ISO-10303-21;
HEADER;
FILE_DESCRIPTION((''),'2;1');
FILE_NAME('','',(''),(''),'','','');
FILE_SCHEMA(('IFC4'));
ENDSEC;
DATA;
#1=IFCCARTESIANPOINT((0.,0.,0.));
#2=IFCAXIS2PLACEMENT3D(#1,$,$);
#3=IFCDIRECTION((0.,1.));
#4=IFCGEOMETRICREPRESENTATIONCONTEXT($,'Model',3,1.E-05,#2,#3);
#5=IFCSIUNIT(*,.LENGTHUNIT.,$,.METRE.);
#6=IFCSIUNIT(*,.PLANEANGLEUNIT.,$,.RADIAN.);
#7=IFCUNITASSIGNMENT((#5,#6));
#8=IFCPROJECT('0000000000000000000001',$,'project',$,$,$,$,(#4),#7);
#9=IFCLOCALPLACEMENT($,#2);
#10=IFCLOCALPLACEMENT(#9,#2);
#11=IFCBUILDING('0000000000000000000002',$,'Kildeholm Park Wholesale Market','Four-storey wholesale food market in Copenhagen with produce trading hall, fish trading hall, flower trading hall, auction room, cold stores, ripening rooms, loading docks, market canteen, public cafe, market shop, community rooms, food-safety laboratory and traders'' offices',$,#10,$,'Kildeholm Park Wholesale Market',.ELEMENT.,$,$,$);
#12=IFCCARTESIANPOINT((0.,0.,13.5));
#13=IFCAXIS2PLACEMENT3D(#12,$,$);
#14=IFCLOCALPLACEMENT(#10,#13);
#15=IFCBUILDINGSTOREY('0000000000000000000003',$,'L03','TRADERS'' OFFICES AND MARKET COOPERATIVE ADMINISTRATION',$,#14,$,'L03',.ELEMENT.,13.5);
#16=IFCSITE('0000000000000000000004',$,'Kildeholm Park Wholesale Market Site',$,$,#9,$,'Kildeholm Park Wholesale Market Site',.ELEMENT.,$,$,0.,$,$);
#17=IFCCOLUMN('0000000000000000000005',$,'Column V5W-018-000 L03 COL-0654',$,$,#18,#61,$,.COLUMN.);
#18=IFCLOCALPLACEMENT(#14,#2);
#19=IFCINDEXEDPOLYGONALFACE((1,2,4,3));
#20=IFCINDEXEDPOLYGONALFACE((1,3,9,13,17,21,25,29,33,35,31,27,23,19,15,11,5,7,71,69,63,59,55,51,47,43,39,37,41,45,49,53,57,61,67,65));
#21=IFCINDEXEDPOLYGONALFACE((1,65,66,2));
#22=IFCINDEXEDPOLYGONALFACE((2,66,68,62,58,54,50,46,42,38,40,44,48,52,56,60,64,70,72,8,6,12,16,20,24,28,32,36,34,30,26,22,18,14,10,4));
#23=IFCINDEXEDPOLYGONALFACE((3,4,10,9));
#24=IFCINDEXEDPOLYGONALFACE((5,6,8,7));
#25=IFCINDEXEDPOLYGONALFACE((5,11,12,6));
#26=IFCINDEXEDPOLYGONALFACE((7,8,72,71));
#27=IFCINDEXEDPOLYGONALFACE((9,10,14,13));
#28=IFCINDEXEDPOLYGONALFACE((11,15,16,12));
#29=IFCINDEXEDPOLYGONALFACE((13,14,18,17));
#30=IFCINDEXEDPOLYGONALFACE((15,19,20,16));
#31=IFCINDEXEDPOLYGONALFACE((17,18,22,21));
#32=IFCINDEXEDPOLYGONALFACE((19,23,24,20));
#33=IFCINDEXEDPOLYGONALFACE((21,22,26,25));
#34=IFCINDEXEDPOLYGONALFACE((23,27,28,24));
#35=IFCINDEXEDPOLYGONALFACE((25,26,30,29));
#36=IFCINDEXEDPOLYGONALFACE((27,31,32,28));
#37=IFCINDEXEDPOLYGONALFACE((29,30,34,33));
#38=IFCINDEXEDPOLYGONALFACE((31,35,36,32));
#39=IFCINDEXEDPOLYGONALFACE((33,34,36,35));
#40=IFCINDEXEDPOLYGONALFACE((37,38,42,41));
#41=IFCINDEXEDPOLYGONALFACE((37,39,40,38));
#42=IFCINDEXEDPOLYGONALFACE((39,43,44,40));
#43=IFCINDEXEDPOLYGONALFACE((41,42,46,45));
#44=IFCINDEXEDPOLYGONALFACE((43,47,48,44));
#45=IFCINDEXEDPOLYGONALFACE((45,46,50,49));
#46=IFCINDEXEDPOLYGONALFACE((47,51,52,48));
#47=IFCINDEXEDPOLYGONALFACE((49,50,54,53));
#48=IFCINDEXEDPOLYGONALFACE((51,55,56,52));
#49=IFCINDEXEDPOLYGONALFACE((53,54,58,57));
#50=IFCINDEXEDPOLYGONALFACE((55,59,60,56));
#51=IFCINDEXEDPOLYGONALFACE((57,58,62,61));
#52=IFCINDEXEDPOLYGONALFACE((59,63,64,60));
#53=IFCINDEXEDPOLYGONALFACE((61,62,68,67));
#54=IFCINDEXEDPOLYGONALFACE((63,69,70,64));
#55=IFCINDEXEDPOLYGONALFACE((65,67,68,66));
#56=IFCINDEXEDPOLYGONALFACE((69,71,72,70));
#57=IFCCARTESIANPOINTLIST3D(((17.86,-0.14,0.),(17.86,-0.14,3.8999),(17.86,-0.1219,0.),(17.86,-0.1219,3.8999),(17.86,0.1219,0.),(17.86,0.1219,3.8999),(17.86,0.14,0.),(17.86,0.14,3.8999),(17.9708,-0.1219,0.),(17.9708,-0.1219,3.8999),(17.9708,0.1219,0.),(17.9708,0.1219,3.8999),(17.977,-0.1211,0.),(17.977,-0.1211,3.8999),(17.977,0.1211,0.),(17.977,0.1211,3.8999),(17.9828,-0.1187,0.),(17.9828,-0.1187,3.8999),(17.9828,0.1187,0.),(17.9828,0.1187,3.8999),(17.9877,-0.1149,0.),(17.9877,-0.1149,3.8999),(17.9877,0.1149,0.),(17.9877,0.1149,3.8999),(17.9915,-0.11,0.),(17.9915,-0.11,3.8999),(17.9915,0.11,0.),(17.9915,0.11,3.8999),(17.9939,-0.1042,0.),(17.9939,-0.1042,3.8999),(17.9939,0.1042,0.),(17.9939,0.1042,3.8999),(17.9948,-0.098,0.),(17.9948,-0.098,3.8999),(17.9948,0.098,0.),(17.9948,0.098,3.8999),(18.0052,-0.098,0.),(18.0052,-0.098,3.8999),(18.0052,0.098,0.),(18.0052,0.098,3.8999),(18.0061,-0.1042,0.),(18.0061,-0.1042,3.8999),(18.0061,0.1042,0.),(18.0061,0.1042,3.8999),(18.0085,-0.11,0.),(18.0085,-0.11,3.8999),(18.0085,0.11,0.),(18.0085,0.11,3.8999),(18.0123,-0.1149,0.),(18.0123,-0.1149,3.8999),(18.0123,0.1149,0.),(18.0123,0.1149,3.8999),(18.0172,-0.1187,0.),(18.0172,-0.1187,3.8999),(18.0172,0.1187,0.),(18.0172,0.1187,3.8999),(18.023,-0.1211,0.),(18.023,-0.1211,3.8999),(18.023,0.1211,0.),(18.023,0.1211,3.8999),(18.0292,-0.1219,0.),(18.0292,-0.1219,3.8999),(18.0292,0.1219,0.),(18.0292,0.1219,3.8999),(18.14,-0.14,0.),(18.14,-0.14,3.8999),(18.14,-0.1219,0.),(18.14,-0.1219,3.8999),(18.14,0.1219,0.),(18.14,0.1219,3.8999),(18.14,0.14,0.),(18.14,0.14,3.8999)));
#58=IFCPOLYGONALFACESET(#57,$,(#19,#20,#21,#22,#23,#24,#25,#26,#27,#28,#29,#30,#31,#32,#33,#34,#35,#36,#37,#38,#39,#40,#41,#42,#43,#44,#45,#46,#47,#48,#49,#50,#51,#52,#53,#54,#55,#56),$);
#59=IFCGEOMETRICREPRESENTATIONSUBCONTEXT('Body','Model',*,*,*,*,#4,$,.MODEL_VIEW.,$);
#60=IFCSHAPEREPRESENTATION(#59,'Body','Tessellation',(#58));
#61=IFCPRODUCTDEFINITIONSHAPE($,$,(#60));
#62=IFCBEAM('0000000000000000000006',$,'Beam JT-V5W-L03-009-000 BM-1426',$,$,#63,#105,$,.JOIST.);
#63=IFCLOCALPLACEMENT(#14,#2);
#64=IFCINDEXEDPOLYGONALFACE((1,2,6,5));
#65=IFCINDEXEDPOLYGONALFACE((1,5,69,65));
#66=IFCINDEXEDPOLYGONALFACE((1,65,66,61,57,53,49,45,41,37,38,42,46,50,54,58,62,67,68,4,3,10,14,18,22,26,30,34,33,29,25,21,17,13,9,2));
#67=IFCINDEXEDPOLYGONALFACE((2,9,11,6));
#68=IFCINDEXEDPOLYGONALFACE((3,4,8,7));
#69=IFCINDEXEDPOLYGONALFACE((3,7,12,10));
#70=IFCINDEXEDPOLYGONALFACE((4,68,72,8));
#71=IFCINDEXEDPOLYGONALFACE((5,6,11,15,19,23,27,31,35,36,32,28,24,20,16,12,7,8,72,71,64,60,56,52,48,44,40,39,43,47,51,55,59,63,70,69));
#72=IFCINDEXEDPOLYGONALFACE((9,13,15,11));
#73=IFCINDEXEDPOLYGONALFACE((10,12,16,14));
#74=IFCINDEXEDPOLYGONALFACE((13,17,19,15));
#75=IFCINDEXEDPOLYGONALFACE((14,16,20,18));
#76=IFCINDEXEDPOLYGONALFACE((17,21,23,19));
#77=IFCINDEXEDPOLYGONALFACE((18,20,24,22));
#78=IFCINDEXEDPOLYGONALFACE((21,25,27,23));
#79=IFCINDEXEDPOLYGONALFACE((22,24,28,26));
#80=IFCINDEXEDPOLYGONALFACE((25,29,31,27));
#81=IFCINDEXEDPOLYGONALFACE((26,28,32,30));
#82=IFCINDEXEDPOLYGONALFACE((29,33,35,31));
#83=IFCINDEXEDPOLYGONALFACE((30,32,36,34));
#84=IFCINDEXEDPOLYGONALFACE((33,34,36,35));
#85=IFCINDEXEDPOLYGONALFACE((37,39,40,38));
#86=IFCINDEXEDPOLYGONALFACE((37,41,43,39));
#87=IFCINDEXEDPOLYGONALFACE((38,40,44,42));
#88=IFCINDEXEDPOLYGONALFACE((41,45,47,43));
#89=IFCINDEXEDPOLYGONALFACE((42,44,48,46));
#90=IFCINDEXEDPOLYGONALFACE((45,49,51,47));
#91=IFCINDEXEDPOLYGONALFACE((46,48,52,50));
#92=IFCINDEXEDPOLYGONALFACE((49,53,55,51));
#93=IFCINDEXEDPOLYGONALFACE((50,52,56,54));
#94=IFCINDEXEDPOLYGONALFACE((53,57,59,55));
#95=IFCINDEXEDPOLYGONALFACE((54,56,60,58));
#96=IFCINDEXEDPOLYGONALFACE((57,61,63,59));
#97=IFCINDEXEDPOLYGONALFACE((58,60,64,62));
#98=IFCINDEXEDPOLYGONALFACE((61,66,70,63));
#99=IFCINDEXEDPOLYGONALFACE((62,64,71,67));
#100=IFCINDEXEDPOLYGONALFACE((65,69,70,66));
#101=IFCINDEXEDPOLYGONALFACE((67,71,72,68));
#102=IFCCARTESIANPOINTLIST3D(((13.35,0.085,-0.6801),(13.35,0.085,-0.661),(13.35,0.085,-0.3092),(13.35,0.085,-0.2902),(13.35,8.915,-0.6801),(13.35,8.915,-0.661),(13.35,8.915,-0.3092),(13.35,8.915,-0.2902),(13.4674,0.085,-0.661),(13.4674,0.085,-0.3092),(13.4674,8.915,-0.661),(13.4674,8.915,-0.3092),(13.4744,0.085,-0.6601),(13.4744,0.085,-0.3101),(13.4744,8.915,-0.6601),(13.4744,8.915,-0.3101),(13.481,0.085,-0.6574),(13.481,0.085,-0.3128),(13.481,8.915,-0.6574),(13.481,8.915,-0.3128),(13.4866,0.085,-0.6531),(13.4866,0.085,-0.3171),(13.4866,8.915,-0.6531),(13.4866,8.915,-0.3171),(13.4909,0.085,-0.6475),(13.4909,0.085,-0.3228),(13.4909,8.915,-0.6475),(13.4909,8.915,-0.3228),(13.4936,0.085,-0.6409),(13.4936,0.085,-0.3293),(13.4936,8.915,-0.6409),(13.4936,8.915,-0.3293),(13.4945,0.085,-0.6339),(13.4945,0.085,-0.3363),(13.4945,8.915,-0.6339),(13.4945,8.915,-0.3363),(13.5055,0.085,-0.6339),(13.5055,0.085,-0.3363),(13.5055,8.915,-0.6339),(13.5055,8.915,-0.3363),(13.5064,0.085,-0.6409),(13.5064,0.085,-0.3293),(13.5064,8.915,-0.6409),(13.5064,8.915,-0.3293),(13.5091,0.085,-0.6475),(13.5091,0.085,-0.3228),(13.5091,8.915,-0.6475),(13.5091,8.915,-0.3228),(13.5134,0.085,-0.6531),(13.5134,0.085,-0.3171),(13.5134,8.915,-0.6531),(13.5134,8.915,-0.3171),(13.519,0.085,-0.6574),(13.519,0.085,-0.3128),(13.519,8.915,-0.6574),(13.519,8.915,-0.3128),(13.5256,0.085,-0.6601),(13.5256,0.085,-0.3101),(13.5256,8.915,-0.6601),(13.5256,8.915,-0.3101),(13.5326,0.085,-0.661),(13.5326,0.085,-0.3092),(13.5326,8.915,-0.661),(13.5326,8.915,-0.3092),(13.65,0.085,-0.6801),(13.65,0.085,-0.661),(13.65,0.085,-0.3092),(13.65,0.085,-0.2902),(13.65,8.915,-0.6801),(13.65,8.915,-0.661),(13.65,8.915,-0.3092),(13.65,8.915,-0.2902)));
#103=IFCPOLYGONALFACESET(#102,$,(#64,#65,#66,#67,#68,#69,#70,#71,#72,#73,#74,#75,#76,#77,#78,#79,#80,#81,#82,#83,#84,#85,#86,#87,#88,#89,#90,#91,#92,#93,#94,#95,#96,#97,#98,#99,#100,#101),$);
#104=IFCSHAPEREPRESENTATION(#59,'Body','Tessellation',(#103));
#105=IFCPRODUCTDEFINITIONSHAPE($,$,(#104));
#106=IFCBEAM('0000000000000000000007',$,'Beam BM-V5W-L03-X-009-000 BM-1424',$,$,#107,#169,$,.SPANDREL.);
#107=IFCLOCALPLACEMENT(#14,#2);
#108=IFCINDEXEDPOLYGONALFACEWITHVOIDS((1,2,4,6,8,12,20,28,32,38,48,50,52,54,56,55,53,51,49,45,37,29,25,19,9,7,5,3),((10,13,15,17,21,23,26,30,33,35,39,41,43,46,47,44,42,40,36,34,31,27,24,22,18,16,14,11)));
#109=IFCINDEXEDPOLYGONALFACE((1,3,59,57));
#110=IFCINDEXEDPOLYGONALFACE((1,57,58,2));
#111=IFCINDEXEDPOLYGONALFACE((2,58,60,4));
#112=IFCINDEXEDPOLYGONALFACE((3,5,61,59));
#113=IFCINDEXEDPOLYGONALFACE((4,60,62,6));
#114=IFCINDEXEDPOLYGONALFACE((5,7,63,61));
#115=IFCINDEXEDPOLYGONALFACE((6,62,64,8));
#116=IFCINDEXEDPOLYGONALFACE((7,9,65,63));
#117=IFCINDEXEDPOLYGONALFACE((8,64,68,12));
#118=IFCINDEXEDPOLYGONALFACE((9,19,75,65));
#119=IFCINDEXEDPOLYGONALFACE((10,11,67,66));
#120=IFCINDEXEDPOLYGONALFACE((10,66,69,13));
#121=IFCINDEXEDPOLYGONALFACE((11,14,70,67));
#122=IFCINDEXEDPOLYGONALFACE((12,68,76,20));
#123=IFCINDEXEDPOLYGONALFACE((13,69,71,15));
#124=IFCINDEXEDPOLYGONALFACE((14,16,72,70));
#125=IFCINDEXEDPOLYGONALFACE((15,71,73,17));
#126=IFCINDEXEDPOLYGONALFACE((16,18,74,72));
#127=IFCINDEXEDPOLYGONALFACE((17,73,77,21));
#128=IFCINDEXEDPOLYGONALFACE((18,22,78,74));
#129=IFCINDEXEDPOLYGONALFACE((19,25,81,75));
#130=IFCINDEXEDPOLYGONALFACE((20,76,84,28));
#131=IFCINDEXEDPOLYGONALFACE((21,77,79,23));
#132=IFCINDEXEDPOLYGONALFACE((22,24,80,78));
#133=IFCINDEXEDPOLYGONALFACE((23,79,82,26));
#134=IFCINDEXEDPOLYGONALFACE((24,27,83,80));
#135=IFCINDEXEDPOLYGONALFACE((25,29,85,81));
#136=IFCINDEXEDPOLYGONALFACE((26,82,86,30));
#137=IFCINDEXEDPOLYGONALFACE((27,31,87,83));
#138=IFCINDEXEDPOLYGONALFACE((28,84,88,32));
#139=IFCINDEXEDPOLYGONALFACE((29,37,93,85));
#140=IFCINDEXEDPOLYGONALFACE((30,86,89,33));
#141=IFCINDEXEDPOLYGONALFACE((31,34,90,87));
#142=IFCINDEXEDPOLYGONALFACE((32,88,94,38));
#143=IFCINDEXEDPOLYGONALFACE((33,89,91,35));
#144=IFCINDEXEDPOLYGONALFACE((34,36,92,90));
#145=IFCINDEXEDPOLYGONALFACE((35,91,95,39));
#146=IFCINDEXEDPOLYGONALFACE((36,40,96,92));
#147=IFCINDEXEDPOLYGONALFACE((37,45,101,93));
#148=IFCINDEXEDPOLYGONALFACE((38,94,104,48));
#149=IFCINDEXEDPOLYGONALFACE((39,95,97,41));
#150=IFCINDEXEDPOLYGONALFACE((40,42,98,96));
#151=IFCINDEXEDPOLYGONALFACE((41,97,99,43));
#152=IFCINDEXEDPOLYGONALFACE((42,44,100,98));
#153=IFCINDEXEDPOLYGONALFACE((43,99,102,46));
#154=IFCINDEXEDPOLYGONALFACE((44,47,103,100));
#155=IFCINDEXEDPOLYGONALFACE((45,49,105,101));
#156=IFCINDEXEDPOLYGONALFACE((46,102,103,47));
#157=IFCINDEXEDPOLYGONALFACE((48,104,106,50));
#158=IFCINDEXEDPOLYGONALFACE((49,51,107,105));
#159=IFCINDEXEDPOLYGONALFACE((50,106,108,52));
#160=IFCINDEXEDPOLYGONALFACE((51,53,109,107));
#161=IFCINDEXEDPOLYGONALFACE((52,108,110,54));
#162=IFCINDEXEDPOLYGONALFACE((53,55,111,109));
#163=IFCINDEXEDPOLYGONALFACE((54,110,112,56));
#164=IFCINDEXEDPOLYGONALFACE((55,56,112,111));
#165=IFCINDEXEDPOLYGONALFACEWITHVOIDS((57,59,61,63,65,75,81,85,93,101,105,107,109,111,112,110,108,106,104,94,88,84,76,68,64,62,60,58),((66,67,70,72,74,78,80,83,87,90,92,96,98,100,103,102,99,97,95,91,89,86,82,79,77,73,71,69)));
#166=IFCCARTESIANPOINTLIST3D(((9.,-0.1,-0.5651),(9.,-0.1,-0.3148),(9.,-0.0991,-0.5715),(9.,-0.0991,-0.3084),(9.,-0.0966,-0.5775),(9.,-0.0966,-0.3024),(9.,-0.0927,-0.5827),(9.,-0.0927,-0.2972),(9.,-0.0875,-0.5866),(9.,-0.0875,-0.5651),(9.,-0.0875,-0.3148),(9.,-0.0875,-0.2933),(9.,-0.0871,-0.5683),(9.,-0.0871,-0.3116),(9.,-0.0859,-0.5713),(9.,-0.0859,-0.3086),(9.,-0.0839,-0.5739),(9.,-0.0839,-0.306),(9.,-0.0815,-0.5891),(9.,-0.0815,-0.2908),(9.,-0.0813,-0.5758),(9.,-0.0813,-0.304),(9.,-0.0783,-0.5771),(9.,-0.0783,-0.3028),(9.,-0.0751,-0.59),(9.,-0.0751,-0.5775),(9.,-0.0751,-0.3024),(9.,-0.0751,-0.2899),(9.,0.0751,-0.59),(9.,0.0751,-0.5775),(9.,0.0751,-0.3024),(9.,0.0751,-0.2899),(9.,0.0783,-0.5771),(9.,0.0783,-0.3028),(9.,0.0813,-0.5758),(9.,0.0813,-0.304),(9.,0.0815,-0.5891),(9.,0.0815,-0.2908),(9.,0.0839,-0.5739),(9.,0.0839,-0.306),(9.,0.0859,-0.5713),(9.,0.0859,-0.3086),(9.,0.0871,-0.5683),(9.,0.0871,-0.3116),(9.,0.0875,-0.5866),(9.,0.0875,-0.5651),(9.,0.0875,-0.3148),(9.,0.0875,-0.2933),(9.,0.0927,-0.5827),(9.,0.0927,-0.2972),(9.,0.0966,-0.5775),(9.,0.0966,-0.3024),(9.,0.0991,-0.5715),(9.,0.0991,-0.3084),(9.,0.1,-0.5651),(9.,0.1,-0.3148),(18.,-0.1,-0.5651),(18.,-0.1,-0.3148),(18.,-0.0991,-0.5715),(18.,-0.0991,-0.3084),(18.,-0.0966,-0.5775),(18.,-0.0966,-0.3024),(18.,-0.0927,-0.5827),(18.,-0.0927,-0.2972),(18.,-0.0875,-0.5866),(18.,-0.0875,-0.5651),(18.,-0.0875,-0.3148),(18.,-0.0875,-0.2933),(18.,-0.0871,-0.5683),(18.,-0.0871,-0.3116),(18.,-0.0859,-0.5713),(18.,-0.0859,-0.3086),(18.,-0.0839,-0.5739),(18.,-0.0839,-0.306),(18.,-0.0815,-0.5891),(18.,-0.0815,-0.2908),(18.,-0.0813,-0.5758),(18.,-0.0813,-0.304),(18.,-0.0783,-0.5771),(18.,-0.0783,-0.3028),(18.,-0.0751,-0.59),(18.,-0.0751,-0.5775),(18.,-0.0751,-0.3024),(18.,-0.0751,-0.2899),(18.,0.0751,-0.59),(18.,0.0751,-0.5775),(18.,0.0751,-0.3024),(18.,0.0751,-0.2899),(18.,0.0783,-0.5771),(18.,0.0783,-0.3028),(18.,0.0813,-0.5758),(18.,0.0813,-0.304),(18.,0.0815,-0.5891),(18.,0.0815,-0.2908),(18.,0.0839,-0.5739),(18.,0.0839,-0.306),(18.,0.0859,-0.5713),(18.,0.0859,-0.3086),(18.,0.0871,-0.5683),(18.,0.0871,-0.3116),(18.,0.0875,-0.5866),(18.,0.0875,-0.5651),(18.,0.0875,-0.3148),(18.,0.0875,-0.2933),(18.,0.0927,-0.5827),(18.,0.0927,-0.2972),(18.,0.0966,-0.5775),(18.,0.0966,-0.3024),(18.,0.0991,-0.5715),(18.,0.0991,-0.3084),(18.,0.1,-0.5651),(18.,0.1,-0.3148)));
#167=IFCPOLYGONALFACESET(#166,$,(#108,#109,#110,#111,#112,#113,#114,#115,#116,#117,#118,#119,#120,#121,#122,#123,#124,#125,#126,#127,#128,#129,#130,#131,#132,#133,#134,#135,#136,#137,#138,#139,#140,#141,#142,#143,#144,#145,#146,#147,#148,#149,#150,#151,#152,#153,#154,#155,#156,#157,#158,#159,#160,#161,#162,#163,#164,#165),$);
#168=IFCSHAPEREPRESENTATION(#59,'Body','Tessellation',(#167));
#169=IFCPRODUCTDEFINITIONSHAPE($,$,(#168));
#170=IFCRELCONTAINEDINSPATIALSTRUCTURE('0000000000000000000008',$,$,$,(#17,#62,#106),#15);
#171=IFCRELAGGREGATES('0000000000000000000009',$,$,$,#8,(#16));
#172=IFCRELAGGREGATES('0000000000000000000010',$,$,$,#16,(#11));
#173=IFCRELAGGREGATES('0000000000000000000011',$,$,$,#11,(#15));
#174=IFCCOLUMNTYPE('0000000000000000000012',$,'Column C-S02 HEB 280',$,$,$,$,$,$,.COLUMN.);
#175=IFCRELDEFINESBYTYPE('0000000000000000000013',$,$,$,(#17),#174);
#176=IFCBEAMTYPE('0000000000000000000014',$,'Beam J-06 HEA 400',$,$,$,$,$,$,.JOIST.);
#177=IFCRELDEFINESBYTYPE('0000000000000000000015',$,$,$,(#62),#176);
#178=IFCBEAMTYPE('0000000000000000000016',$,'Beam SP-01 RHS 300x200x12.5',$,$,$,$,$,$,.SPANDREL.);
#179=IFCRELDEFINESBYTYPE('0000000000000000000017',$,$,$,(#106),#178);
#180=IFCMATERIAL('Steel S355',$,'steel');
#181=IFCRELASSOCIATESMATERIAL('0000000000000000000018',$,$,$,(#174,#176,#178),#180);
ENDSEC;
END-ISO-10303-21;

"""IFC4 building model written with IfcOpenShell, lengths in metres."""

from ifc_helpers import new_model, si_unit, direction, frame, origin, origin_2d, place, context, subcontext, project, spatial, hollow_rectangle, i_section, extrude, material, material_profile, profile_set, type_object, element, save


model = new_model("IFC4")

# Units and contexts
model_context = context("Model", 3, precision=1e-05, world=origin(), true_north=direction((0.0, 1.0)))
body_context = subcontext(model_context, "Body", "Model", "MODEL_VIEW")
ifc_project = project(units=[si_unit("LENGTHUNIT", "METRE"), si_unit("PLANEANGLEUNIT", "RADIAN")], contexts=[model_context])

# Site, building, storey
site_placement = place(None, origin())
site = spatial("IfcSite", under=ifc_project, at=site_placement, Name="Kildeholm Park Wholesale Market Site", LongName="Kildeholm Park Wholesale Market Site", CompositionType="ELEMENT", RefElevation=0.0)
building_placement = place(site_placement, origin())
building = spatial("IfcBuilding", under=site, at=building_placement, Name="Kildeholm Park Wholesale Market", Description="Four-storey wholesale food market in Copenhagen with produce trading hall, fish trading hall, flower trading hall, auction room, cold stores, ripening rooms, loading docks, market canteen, public cafe, market shop, community rooms, food-safety laboratory and traders' offices", LongName="Kildeholm Park Wholesale Market", CompositionType="ELEMENT")
storey_placement = place(building_placement, frame((0.0, 0.0, 13.5)))
storey = spatial("IfcBuildingStorey", under=building, at=storey_placement, Name="L03", Description="TRADERS' OFFICES AND MARKET COOPERATIVE ADMINISTRATION", LongName="L03", CompositionType="ELEMENT", Elevation=13.5)

# Column
ifc_material_1 = material(Name="Steel S355", Category="steel")
ifc_material_profile_1 = material_profile(ifc_material_1, i_section(OverallWidth=0.28, OverallDepth=0.28, WebThickness=0.0105, FlangeThickness=0.0181, FilletRadius=0.0239, at=origin_2d()), Name="HEB 280")
ifc_profile_set_1 = profile_set([ifc_material_profile_1], Name="Steel S355")
column_type = type_object("IfcColumnType", Name="Column C-S02 HEB 280", PredefinedType="COLUMN", material=ifc_profile_set_1)
column_placement = place(storey_placement, frame((18.0, 0.0, 0.0), z_axis=(0.0, 0.0, 1.0), x_axis=(1.0, 0.0, 0.0)))
element("IfcColumn", 1, at=column_placement, inside=storey, type_object=column_type, Name="Column V5W-018-000 L03 COL-0654", PredefinedType="COLUMN", context=body_context, shape_type="SweptSolid", body=[
    extrude(i_section(OverallWidth=0.28, OverallDepth=0.28, WebThickness=0.0105, FlangeThickness=0.0181, FilletRadius=0.0239, at=origin_2d()), origin(), (0.0, 0.0, 1.0), 3.8999),
])

# Beams
ifc_material_profile_2 = material_profile(ifc_material_1, i_section(OverallWidth=0.3, OverallDepth=0.3899, WebThickness=0.011, FlangeThickness=0.019, FilletRadius=0.0271, at=origin_2d()), Name="HEA 400")
ifc_profile_set_2 = profile_set([ifc_material_profile_2], Name="Steel S355")
beam_type_1 = type_object("IfcBeamType", Name="Beam J-06 HEA 400", PredefinedType="JOIST", material=ifc_profile_set_2)
beam_placement = place(storey_placement, frame((13.5, 0.085, -0.4851), z_axis=(0.0, 1.0, 0.0), x_axis=(-1.0, 0.0, 0.0)))
element("IfcBeam", 2, at=beam_placement, inside=storey, type_object=beam_type_1, Name="Beam JT-V5W-L03-009-000 BM-1426", PredefinedType="JOIST", context=body_context, shape_type="SweptSolid", body=[
    extrude(i_section(OverallWidth=0.3, OverallDepth=0.3899, WebThickness=0.011, FlangeThickness=0.019, FilletRadius=0.0271, at=origin_2d()), origin(), (0.0, 0.0, 1.0), 8.8301),
])
ifc_material_profile_3 = material_profile(ifc_material_1, hollow_rectangle(XDim=0.2, YDim=0.3, WallThickness=0.0125, InnerFilletRadius=0.0125, OuterFilletRadius=0.0249, at=origin_2d()), Name="RHS 300x200x12.5")
ifc_profile_set_3 = profile_set([ifc_material_profile_3], Name="Steel S355")
beam_type_2 = type_object("IfcBeamType", Name="Beam SP-01 RHS 300x200x12.5", PredefinedType="SPANDREL", material=ifc_profile_set_3)
for number, where, z_axis, x_axis, name in (
    (3, (9.0, 0.0, -0.4399), (1.0, 0.0, 0.0), (0.0, 1.0, 0.0), "Beam BM-V5W-L03-X-009-000 BM-1424"),
):
    element("IfcBeam", number, at=place(storey_placement, frame(where, z_axis=z_axis, x_axis=x_axis)), inside=storey, type_object=beam_type_2, Name=name, PredefinedType="SPANDREL", context=body_context, shape_type="SweptSolid", body=[
        extrude(hollow_rectangle(XDim=0.2, YDim=0.3, WallThickness=0.0125, InnerFilletRadius=0.0125, OuterFilletRadius=0.0249, at=origin_2d()), origin(), (0.0, 0.0, 1.0), 9.0),
    ])

save(model, "model.ifc")
